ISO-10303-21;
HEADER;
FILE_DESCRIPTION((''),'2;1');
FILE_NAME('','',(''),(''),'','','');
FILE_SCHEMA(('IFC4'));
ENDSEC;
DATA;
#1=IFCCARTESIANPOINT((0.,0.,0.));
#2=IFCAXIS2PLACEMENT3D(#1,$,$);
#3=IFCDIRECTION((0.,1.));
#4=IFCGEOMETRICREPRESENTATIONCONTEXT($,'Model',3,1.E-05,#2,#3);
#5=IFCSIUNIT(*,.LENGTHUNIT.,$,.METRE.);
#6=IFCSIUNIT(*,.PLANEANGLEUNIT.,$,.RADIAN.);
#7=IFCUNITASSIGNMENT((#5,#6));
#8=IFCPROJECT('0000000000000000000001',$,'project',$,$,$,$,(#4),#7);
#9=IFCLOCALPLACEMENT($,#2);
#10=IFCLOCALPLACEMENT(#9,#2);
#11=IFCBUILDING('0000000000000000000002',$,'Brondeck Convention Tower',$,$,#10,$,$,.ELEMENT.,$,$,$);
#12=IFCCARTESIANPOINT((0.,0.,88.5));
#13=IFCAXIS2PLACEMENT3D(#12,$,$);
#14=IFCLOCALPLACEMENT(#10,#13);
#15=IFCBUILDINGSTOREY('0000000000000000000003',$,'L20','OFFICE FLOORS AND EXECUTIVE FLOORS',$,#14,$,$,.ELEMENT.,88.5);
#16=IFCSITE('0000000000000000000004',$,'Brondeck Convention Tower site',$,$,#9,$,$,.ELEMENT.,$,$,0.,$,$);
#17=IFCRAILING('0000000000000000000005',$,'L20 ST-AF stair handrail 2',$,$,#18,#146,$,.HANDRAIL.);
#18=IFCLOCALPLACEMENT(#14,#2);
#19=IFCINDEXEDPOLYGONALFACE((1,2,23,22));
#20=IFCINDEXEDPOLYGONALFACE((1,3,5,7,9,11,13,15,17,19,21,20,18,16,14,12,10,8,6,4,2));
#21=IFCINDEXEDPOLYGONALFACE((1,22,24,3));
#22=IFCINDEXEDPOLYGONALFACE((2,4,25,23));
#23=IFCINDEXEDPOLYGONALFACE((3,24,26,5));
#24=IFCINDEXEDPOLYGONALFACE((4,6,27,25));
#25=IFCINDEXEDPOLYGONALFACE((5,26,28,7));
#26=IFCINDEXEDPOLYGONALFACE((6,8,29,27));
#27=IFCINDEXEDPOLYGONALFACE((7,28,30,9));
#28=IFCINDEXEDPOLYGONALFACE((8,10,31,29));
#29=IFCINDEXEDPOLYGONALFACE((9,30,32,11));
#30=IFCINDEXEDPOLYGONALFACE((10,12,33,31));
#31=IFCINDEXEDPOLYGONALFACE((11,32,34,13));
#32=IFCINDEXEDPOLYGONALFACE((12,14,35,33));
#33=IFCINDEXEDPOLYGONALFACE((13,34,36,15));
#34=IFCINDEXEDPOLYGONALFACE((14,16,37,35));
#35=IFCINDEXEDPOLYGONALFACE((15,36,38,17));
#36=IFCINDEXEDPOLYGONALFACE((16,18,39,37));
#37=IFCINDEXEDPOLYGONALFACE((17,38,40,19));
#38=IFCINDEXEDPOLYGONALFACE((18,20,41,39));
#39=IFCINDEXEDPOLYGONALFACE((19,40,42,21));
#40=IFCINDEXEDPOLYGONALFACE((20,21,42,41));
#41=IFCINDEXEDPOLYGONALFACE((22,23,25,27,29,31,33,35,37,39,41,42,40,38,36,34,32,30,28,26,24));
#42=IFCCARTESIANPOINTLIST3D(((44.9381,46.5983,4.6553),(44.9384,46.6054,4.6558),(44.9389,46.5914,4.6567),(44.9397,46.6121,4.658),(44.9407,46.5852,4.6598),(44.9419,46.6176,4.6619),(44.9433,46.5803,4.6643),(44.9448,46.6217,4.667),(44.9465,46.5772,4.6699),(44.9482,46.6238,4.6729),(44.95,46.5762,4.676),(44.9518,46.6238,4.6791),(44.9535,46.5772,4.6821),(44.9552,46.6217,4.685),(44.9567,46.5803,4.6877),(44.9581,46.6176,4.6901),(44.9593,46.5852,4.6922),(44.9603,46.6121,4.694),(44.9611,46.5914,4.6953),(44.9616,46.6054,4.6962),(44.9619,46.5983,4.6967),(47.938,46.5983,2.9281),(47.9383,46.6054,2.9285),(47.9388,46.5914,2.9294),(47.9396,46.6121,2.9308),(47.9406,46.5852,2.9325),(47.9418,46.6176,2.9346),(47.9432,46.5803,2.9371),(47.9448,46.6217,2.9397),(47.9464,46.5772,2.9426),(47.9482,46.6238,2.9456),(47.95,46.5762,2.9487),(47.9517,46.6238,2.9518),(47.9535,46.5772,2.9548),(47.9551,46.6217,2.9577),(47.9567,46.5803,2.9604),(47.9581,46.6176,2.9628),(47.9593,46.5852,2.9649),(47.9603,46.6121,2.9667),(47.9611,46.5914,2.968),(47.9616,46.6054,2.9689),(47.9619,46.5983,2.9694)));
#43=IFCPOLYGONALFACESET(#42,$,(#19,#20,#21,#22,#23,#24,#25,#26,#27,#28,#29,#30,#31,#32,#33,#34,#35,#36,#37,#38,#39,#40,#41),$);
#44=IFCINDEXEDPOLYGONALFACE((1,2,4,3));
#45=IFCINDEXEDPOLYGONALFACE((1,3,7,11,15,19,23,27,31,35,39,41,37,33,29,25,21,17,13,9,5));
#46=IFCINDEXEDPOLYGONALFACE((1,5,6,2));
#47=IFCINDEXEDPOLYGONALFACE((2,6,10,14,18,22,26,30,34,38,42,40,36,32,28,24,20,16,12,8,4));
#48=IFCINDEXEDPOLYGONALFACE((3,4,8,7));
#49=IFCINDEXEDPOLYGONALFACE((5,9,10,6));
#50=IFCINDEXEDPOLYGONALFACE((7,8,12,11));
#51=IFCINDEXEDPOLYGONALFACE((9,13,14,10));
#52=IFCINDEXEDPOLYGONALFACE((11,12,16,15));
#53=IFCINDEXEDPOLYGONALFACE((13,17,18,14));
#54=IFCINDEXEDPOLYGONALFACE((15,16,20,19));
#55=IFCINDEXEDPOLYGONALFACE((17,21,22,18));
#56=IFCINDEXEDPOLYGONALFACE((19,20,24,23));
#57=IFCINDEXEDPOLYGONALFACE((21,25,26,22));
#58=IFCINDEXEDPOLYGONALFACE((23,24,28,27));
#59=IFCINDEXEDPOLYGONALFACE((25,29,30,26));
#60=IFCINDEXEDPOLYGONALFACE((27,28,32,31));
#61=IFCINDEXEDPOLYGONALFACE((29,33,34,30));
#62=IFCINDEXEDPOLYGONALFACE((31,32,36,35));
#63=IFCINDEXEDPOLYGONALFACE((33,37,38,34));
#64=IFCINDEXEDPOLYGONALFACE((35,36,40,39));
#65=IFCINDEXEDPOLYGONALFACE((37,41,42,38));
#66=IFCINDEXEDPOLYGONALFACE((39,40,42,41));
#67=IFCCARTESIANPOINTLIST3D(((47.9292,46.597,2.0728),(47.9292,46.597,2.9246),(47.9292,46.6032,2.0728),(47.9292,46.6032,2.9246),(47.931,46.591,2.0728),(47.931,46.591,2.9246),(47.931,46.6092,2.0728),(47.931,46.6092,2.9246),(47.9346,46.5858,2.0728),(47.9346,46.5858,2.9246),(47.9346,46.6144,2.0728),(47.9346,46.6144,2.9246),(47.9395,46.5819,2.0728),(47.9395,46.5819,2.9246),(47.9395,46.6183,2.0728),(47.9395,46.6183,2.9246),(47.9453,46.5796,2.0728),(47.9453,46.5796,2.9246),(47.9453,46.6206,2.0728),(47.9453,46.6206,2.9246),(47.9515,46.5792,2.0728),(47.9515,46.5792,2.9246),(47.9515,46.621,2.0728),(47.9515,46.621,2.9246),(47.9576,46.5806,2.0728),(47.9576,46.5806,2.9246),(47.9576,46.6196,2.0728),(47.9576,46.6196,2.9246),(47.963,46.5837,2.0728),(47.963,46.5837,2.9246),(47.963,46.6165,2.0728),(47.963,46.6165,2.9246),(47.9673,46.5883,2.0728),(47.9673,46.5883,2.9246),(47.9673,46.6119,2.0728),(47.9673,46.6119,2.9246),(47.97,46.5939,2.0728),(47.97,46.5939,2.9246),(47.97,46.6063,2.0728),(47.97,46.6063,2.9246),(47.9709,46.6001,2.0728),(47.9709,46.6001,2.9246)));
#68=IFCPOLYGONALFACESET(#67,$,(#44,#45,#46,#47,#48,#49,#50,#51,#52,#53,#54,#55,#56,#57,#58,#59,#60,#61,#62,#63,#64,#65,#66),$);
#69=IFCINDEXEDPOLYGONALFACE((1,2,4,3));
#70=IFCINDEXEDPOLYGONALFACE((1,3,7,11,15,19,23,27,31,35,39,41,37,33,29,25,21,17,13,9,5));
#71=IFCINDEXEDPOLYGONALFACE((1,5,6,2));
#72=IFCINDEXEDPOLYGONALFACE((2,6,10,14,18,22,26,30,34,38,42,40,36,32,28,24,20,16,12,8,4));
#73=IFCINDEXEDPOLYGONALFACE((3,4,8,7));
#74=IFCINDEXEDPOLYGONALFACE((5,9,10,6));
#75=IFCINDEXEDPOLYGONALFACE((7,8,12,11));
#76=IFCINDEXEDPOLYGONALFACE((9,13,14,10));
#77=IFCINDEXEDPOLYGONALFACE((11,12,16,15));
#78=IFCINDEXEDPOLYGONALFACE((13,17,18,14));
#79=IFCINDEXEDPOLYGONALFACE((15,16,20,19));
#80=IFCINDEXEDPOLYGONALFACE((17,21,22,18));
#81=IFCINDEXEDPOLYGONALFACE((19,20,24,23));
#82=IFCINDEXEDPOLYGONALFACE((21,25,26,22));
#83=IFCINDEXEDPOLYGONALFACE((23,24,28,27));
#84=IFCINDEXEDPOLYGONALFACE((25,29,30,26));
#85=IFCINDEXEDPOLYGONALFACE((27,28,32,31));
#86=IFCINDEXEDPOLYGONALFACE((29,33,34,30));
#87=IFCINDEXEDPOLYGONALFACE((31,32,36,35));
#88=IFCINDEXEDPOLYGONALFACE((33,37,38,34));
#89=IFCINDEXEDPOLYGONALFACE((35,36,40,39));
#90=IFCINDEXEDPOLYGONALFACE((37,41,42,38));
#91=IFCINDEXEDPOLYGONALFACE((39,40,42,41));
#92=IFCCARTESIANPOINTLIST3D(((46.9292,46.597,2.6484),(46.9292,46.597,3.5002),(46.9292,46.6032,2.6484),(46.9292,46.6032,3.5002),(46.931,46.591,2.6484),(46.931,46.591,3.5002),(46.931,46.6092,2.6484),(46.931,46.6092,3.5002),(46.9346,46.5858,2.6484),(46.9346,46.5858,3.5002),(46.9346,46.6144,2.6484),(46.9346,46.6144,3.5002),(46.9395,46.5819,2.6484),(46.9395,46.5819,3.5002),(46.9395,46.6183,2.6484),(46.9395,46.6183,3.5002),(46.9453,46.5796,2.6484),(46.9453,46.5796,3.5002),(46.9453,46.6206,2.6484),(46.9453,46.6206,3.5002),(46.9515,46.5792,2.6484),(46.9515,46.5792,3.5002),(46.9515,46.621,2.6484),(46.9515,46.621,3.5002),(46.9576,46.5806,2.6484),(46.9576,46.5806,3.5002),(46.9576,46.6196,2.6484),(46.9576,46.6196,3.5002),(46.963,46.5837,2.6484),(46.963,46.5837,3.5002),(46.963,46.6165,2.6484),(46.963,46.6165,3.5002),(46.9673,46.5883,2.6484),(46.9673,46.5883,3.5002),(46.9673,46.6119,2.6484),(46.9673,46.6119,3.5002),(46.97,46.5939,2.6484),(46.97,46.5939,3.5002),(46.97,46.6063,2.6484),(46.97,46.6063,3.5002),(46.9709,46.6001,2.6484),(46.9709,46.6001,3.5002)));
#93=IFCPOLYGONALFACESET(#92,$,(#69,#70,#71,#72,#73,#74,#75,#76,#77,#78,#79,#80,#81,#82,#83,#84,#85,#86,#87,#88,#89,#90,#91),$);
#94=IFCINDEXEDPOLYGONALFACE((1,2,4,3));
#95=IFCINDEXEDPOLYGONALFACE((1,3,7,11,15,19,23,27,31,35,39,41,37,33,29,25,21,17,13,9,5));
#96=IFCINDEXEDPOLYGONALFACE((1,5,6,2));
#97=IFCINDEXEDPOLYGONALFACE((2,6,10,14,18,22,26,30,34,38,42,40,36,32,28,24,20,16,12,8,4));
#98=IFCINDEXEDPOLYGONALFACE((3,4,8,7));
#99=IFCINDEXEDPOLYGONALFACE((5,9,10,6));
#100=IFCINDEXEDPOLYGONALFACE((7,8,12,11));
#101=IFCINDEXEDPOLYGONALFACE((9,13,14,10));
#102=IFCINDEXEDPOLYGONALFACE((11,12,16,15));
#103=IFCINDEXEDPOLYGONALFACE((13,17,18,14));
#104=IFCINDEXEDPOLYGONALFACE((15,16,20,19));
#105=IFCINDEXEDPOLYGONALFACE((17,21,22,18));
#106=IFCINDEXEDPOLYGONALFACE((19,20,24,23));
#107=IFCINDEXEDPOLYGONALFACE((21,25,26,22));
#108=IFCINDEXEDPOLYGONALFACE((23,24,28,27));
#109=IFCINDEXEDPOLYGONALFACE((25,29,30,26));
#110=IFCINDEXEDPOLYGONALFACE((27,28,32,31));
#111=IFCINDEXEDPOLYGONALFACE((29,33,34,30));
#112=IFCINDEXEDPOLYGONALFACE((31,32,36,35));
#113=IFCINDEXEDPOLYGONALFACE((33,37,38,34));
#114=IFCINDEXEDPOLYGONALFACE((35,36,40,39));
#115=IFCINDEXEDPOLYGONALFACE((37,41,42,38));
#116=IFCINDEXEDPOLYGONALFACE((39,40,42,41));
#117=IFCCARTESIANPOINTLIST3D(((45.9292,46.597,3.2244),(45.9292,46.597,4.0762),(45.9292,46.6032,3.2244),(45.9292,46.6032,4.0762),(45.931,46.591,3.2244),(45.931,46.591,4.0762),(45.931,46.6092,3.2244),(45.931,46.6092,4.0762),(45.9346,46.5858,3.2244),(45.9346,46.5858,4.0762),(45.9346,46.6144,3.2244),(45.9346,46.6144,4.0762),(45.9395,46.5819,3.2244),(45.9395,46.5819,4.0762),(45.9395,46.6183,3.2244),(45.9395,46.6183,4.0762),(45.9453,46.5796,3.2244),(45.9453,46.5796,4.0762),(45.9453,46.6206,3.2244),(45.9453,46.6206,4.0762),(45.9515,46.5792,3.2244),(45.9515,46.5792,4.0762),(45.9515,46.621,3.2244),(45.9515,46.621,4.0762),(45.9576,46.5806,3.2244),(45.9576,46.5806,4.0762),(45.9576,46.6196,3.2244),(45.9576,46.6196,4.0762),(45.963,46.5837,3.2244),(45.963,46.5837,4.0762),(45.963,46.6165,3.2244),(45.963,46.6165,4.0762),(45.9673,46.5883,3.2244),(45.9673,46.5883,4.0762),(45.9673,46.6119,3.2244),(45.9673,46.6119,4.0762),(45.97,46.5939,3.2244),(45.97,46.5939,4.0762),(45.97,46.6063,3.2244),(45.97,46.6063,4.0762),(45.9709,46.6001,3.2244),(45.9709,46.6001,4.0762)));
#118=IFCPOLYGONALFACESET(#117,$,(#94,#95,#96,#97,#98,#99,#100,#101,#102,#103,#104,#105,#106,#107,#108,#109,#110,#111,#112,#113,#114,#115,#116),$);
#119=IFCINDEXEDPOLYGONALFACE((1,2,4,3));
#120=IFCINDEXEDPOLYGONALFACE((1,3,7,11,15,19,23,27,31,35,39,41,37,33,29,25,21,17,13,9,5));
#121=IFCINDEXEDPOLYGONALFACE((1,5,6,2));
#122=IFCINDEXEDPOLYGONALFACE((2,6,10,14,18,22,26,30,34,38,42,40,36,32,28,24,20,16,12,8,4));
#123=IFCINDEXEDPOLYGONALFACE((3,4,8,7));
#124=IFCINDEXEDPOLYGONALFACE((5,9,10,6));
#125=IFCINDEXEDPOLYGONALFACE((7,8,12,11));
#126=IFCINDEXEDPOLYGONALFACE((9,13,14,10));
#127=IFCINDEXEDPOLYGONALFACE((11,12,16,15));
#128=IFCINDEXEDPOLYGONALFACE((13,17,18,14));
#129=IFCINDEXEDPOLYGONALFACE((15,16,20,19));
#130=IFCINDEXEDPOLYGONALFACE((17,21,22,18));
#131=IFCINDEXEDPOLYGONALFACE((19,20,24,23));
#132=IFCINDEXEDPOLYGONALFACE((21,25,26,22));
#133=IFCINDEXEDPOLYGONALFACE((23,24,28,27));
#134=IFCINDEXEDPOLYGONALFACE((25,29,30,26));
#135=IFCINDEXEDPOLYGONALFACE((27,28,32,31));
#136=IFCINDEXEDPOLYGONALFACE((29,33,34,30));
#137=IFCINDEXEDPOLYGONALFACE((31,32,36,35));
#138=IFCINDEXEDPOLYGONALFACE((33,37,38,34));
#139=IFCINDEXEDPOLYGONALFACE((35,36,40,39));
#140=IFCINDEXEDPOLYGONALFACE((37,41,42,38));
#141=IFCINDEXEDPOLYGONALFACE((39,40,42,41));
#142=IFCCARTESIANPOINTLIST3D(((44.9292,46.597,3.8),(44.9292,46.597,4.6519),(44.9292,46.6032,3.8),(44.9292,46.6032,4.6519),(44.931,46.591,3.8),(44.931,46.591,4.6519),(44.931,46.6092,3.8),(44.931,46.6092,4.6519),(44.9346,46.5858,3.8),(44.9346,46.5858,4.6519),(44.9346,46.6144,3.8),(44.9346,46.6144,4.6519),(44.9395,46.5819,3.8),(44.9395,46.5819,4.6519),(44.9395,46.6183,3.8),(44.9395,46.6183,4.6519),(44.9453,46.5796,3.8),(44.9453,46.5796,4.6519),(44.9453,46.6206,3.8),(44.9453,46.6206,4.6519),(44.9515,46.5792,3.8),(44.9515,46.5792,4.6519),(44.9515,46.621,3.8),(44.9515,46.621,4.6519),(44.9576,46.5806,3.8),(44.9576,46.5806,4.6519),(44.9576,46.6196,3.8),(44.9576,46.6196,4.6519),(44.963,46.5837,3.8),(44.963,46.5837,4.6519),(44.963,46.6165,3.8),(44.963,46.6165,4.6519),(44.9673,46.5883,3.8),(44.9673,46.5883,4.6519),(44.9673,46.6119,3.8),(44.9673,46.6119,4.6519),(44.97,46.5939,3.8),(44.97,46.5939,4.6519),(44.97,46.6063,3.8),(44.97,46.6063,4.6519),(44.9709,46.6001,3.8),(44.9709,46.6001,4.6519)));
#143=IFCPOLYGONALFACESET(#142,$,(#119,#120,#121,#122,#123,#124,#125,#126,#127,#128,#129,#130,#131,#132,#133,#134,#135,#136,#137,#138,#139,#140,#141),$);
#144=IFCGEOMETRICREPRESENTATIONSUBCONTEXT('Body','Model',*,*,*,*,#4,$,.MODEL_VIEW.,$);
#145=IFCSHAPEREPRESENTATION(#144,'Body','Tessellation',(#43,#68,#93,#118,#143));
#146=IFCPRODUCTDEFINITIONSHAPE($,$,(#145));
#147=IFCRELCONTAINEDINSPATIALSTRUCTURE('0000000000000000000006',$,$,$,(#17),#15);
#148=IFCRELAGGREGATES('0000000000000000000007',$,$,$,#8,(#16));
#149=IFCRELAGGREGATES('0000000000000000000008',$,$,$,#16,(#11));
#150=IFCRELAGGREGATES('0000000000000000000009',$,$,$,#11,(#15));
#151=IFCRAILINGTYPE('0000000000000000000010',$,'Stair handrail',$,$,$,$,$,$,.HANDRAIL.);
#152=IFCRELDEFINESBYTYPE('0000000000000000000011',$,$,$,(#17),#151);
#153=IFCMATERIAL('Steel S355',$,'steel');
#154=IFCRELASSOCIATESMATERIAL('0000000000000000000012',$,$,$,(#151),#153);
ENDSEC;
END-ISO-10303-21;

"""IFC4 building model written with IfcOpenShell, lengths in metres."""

from ifc_helpers import new_model, si_unit, direction, frame, origin, origin_2d, place, context, subcontext, project, spatial, circle, extrude, material, type_object, element, save


model = new_model("IFC4")

# Units and contexts
model_context = context("Model", 3, precision=1e-05, world=origin(), true_north=direction((0.0, 1.0)))
body_context = subcontext(model_context, "Body", "Model", "MODEL_VIEW")
ifc_project = project(units=[si_unit("LENGTHUNIT", "METRE"), si_unit("PLANEANGLEUNIT", "RADIAN")], contexts=[model_context])

# Site, building, storey
site_placement = place(None, origin())
site = spatial("IfcSite", under=ifc_project, at=site_placement, Name="Brondeck Convention Tower site", CompositionType="ELEMENT", RefElevation=0.0)
building_placement = place(site_placement, origin())
building = spatial("IfcBuilding", under=site, at=building_placement, Name="Brondeck Convention Tower", CompositionType="ELEMENT")
storey_placement = place(building_placement, frame((0.0, 0.0, 88.5)))
storey = spatial("IfcBuildingStorey", under=building, at=storey_placement, Name="L20", Description="OFFICE FLOORS AND EXECUTIVE FLOORS", CompositionType="ELEMENT", Elevation=88.5)

# Shared definitions
ifc_material_1 = material(Name="Steel S355", Category="steel")

# Railing
railing_type_1 = type_object("IfcRailingType", Name="Stair handrail", PredefinedType="HANDRAIL", material=ifc_material_1)
railing_1_placement = place(storey_placement, frame((47.95, 46.6001, 2.0728)))
element("IfcRailing", 1, at=railing_1_placement, inside=storey, type_object=railing_type_1, Name="L20 ST-AF stair handrail 2", PredefinedType="HANDRAIL", context=body_context, shape_type="SweptSolid", body=[
    extrude(circle(Radius=0.0239, at=origin_2d()), frame((0.0, 0.0, 0.876), z_axis=(-0.86662, 0.0, 0.498969), x_axis=(0.0, -1.0, 0.0)), (0.0, 0.0, 1.0), 3.4617),
    extrude(circle(Radius=0.021, at=origin_2d()), origin(), (0.0, 0.0, 1.0), 0.8518),
    extrude(circle(Radius=0.021, at=origin_2d()), frame((-1.0, 0.0, 0.5757)), (0.0, 0.0, 1.0), 0.8518),
    extrude(circle(Radius=0.021, at=origin_2d()), frame((-2.0, 0.0, 1.1516)), (0.0, 0.0, 1.0), 0.8518),
    extrude(circle(Radius=0.021, at=origin_2d()), frame((-3.0, 0.0, 1.7273)), (0.0, 0.0, 1.0), 0.8518),
])

save(model, "model.ifc")
